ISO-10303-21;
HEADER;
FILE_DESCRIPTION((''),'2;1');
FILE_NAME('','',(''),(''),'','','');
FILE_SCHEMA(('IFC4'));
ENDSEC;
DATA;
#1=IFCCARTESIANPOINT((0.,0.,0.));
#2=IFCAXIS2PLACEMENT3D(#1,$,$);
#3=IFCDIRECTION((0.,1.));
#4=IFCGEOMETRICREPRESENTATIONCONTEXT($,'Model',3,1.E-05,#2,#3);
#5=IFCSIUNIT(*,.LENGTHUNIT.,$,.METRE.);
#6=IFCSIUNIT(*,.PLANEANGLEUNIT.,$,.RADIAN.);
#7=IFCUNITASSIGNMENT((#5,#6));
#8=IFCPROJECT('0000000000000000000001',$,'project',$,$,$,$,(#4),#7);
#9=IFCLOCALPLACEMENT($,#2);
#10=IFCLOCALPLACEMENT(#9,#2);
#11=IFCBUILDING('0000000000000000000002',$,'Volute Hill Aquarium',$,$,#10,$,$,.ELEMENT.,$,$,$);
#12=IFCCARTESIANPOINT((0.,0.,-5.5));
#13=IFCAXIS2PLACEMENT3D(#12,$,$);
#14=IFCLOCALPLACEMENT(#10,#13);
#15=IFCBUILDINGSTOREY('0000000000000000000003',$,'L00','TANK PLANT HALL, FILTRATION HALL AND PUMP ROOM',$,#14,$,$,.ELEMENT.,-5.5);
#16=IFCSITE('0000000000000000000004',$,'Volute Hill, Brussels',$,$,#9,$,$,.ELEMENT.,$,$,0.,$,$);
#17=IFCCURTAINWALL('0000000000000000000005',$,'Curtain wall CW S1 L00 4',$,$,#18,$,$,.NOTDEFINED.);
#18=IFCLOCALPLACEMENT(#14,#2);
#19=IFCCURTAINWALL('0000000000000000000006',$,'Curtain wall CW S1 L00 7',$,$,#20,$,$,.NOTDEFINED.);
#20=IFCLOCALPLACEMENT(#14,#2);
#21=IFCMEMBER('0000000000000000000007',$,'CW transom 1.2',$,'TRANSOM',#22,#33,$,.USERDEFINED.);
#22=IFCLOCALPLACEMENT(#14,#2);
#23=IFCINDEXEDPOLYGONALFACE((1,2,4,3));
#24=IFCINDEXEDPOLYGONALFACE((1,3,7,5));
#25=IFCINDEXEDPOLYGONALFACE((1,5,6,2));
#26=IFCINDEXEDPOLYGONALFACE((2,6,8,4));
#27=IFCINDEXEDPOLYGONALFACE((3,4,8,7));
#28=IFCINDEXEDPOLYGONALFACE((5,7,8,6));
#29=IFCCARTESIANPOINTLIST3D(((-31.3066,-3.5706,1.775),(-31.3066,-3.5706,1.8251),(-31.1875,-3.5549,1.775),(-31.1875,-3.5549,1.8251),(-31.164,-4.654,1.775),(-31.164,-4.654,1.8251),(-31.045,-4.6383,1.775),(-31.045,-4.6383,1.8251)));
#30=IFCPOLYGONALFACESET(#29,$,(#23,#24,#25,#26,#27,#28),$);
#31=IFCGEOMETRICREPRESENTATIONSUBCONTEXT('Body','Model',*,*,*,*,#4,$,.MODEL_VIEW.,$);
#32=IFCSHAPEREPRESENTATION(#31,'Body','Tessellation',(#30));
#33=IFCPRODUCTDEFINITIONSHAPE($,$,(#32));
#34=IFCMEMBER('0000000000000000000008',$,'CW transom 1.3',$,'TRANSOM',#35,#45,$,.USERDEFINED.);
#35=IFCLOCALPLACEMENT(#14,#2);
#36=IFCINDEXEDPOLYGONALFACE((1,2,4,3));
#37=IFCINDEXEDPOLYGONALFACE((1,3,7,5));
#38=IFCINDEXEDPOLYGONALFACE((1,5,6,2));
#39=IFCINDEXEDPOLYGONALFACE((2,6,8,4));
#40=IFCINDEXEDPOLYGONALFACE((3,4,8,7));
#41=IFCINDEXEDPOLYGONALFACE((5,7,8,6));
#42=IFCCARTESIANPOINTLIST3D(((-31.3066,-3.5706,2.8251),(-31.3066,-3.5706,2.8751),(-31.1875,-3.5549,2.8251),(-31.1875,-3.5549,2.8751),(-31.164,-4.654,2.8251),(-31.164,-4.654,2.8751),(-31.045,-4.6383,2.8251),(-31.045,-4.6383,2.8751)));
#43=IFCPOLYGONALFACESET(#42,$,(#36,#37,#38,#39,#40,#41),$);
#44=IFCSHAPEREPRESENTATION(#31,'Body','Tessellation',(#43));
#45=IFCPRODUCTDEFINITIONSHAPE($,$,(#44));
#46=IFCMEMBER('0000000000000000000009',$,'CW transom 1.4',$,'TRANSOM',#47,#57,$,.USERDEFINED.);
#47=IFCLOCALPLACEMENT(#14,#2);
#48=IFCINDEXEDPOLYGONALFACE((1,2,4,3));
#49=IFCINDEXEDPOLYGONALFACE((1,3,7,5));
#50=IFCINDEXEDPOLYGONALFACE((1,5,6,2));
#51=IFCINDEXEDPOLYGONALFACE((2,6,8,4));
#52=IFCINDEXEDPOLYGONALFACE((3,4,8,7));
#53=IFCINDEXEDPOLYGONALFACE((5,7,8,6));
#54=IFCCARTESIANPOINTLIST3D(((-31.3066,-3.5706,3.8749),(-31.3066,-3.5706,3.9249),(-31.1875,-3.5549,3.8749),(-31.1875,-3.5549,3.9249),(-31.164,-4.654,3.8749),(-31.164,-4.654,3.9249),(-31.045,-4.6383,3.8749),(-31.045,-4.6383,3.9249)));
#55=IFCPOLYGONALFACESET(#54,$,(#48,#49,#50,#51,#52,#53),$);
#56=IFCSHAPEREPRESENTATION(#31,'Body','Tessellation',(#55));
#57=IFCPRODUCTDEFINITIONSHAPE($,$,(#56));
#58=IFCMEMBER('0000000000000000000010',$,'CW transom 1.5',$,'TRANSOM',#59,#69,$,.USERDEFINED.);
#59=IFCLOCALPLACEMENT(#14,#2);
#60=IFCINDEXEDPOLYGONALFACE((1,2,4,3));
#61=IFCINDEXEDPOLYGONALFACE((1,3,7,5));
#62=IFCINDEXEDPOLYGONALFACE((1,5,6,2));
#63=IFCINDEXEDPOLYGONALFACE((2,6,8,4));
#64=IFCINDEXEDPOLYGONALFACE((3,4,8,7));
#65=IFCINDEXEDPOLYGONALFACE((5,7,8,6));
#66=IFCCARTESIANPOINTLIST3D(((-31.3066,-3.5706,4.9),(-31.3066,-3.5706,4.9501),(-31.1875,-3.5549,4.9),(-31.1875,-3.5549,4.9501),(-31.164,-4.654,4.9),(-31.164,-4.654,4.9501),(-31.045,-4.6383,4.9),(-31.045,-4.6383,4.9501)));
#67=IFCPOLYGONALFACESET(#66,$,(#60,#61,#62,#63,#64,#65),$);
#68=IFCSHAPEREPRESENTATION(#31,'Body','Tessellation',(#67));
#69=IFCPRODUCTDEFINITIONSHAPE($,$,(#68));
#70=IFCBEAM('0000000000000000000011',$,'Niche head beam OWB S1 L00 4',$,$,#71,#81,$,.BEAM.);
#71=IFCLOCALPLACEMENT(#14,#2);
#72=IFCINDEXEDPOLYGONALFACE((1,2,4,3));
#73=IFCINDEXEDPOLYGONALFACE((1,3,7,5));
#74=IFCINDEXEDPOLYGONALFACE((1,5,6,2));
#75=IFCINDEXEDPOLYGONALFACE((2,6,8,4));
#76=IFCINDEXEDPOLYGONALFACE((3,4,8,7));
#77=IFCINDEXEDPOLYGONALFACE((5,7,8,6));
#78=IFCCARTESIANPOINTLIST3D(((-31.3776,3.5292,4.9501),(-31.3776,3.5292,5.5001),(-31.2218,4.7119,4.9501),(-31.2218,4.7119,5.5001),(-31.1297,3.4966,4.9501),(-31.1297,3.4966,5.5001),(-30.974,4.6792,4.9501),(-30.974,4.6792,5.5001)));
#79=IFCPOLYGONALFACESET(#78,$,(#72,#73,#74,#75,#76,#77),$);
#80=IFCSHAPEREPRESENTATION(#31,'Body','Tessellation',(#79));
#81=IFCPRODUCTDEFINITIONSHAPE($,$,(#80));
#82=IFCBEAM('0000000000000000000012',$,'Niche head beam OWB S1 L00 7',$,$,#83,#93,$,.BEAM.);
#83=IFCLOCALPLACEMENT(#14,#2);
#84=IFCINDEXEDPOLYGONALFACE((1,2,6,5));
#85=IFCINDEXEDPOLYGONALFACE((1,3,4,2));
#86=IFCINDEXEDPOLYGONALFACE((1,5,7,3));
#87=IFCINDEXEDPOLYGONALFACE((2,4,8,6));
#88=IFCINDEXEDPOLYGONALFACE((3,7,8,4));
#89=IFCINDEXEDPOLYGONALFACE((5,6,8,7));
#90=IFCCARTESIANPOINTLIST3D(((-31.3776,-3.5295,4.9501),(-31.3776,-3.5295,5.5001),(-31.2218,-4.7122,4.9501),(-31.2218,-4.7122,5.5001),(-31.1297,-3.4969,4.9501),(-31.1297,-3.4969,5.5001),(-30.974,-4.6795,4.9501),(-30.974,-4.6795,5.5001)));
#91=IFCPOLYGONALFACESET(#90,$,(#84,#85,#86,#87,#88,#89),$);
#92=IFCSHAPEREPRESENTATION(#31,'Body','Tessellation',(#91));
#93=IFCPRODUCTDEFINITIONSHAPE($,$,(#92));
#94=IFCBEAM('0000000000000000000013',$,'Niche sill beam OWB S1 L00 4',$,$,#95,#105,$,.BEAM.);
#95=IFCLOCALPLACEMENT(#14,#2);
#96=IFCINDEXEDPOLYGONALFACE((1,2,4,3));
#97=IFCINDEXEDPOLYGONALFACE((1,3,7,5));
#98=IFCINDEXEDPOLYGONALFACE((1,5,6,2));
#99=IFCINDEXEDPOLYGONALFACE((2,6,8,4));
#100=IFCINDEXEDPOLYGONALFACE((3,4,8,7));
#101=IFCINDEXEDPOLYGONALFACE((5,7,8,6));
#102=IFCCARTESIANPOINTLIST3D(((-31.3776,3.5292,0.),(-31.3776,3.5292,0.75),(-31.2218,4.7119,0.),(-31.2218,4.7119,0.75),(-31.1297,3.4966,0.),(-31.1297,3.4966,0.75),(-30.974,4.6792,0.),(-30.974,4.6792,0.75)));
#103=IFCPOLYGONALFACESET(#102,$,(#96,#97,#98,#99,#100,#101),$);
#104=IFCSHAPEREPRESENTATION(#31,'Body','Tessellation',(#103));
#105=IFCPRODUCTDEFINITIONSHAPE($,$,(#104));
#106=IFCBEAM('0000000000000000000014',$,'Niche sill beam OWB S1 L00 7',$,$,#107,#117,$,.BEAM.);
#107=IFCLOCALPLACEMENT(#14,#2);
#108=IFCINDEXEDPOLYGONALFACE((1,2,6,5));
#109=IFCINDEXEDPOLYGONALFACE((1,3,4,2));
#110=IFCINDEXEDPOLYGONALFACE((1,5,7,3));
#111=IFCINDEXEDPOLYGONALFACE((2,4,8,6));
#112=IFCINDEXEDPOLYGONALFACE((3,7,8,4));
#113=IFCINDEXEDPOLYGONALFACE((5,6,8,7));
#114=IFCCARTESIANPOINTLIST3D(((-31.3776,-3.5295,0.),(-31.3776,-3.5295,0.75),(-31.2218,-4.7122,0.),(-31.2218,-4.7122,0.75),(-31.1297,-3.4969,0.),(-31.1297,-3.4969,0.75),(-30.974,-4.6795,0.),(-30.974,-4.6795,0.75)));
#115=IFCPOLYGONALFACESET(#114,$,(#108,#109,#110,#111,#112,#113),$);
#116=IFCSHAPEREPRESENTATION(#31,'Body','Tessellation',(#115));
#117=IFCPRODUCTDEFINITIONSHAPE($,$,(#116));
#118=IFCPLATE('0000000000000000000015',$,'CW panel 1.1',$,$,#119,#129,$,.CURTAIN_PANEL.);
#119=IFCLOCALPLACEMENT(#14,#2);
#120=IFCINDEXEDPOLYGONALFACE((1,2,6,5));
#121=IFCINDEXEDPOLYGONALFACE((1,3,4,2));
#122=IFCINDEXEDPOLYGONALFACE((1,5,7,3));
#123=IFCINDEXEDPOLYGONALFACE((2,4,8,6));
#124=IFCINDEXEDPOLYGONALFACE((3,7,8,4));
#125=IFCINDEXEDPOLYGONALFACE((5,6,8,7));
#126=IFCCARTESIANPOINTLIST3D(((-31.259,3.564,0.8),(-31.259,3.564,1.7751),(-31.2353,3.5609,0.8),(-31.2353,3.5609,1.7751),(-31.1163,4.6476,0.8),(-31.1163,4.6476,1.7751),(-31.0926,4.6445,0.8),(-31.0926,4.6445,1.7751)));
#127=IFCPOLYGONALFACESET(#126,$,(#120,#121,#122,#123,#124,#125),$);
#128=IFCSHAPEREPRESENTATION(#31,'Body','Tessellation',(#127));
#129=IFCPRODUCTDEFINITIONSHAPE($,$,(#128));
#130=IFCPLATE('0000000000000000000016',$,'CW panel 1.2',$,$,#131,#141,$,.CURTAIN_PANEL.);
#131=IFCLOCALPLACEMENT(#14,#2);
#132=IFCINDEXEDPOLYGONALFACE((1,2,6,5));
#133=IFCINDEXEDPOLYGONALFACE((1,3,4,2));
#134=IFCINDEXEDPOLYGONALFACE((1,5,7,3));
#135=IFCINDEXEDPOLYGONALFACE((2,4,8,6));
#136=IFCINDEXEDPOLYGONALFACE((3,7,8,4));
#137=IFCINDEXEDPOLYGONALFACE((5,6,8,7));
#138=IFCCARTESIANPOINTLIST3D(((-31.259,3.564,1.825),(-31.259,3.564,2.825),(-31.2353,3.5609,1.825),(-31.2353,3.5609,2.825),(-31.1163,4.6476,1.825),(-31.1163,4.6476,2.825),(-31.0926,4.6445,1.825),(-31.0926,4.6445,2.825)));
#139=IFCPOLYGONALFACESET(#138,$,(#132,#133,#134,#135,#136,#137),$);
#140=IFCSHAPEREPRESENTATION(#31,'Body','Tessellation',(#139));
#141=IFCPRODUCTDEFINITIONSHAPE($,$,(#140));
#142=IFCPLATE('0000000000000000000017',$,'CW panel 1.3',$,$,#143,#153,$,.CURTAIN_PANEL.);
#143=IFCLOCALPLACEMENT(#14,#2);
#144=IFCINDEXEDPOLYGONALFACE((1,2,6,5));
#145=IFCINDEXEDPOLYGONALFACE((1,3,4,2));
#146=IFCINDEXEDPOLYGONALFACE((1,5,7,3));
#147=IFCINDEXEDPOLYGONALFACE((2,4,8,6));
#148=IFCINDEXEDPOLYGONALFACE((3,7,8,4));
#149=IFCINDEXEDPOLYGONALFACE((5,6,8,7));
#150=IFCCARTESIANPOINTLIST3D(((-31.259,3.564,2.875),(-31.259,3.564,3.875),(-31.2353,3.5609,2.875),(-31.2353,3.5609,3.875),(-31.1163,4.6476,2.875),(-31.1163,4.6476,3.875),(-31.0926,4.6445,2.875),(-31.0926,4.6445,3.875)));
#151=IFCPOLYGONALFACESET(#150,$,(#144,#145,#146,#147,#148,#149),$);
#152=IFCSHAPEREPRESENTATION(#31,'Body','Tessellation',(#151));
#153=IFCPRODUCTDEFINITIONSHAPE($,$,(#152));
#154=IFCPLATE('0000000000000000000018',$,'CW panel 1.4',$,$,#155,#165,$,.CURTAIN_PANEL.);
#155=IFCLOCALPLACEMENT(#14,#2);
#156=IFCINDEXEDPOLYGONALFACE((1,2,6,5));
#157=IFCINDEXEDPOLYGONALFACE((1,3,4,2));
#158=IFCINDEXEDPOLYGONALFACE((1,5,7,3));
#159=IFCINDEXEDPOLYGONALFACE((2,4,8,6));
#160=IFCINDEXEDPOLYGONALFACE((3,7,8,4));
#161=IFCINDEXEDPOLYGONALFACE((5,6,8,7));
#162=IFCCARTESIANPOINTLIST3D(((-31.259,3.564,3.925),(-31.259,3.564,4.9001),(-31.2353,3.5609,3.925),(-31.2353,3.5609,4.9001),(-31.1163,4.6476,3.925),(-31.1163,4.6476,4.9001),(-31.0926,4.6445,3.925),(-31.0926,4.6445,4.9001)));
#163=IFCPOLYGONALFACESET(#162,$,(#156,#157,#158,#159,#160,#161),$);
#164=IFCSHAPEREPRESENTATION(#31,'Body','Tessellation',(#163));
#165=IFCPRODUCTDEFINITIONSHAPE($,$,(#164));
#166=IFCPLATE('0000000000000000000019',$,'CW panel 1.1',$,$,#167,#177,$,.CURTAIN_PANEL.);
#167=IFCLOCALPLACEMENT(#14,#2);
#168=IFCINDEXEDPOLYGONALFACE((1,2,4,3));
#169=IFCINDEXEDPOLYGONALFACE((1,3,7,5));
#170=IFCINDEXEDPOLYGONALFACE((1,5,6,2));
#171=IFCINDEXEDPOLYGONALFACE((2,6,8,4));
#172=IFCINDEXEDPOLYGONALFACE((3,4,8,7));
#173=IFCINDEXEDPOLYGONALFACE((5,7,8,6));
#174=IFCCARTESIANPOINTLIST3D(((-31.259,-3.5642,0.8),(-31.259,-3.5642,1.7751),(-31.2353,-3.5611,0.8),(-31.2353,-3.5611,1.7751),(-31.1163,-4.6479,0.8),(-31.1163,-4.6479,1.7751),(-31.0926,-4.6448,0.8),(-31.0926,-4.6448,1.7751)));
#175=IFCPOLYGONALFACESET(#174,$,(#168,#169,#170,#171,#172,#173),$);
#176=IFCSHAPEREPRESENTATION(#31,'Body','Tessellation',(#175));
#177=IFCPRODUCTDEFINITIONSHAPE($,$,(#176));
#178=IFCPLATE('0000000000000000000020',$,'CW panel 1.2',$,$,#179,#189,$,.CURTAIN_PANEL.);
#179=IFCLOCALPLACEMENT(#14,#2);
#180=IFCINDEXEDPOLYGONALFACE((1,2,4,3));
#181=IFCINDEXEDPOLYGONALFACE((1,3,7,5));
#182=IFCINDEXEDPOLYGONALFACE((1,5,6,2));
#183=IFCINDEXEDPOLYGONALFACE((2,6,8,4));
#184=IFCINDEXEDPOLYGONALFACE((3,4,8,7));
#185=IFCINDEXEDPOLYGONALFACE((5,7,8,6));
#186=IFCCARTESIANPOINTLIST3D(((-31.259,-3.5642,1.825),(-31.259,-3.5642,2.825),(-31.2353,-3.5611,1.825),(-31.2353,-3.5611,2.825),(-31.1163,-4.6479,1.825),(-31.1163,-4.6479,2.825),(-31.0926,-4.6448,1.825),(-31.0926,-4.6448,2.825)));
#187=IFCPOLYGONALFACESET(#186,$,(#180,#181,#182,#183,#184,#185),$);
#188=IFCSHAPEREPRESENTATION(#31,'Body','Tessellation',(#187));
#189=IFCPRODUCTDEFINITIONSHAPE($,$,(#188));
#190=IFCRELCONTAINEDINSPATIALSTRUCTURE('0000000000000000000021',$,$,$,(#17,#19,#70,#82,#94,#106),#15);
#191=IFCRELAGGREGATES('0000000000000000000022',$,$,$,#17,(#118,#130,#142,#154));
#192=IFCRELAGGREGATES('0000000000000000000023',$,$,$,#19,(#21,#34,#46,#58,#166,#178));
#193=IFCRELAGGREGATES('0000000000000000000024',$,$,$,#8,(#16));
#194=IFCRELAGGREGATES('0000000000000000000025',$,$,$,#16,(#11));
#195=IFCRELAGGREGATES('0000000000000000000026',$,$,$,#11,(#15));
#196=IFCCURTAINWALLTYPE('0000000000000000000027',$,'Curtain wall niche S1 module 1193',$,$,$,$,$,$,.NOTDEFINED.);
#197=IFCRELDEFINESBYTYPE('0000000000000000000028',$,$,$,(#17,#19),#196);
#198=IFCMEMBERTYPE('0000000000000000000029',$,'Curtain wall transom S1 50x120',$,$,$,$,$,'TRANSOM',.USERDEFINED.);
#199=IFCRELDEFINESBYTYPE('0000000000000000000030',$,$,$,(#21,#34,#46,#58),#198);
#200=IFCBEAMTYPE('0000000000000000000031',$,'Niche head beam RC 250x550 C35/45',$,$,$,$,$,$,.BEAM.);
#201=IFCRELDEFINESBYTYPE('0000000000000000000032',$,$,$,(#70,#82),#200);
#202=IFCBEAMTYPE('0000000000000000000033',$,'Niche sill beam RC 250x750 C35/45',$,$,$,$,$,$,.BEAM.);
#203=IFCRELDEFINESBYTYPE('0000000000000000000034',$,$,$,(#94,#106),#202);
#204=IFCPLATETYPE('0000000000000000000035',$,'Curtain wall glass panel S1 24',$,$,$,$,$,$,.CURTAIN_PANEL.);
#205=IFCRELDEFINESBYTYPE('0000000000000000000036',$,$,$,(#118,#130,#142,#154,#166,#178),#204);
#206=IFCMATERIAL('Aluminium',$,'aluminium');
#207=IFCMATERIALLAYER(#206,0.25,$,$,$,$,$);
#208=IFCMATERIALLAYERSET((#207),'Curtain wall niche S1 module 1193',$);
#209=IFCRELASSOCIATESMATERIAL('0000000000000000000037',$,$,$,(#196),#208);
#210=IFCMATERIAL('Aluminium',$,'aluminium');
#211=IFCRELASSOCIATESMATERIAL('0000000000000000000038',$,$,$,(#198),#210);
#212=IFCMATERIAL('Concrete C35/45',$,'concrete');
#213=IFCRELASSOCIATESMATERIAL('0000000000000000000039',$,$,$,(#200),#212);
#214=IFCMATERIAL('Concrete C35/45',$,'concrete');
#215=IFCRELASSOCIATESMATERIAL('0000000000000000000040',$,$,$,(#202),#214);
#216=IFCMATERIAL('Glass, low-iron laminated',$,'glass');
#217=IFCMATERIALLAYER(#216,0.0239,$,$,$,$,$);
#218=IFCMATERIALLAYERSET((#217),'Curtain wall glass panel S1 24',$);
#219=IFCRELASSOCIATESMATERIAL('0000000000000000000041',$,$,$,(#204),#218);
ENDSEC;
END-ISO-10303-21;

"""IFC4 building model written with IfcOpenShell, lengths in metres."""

from ifc_helpers import new_model, si_unit, direction, frame, origin, origin_2d, place, context, subcontext, project, spatial, rectangle, extrude, material, layer, layer_set, material_profile, profile_set, type_object, element, aggregate, save


model = new_model("IFC4")

# Units and contexts
model_context = context("Model", 3, precision=1e-05, world=origin(), true_north=direction((0.0, 1.0)))
body_context = subcontext(model_context, "Body", "Model", "MODEL_VIEW")
ifc_project = project(units=[si_unit("LENGTHUNIT", "METRE"), si_unit("PLANEANGLEUNIT", "RADIAN")], contexts=[model_context])

# Site, building, storey
site_placement = place(None, origin())
site = spatial("IfcSite", under=ifc_project, at=site_placement, Name="Volute Hill, Brussels", CompositionType="ELEMENT", RefElevation=0.0)
building_placement = place(site_placement, origin())
building = spatial("IfcBuilding", under=site, at=building_placement, Name="Volute Hill Aquarium", CompositionType="ELEMENT")
storey_placement = place(building_placement, frame((0.0, 0.0, -5.5)))
storey = spatial("IfcBuildingStorey", under=building, at=storey_placement, Name="L00", Description="TANK PLANT HALL, FILTRATION HALL AND PUMP ROOM", CompositionType="ELEMENT", Elevation=-5.5)

# Curtain walls
ifc_material_1 = material(Name="Aluminium", Category="aluminium")
ifc_layer_1 = layer(ifc_material_1, 0.25)
ifc_layer_set_1 = layer_set([ifc_layer_1], Name="Curtain wall niche S1 module 1193")
curtain_wall_type = type_object("IfcCurtainWallType", Name="Curtain wall niche S1 module 1193", PredefinedType="NOTDEFINED", material=ifc_layer_set_1)
curtain_wall_1_placement = place(storey_placement, origin())
curtain_wall_1 = element("IfcCurtainWall", 1, at=curtain_wall_1_placement, inside=storey, type_object=curtain_wall_type, Name="Curtain wall CW S1 L00 4", PredefinedType="NOTDEFINED")
curtain_wall_2_placement = place(storey_placement, origin())
curtain_wall_2 = element("IfcCurtainWall", 2, at=curtain_wall_2_placement, inside=storey, type_object=curtain_wall_type, Name="Curtain wall CW S1 L00 7", PredefinedType="NOTDEFINED")

# Members
ifc_material_2 = material(Name="Aluminium", Category="aluminium")
ifc_material_profile_1 = material_profile(ifc_material_2, rectangle(XDim=0.1201, YDim=0.05, at=origin_2d()), Name="Curtain wall transom S1 50x120")
ifc_profile_set_1 = profile_set([ifc_material_profile_1], Name="Aluminium")
member_type_1 = type_object("IfcMemberType", Name="Curtain wall transom S1 50x120", ElementType="TRANSOM", PredefinedType="USERDEFINED", material=ifc_profile_set_1)
member_1_placement = place(storey_placement, frame((-31.2471, -3.5627, 1.8), z_axis=(0.130466, -0.991453, 0.0), x_axis=(0.991453, 0.130466, 0.0)))
member_1 = element("IfcMember", 3, at=member_1_placement, type_object=member_type_1, Name="CW transom 1.2", ObjectType="TRANSOM", PredefinedType="USERDEFINED", context=body_context, shape_type="SweptSolid", body=[
    extrude(rectangle(XDim=0.1201, YDim=0.05, at=origin_2d()), origin(), (0.0, 0.0, 1.0), 1.0928),
])
member_2_placement = place(storey_placement, frame((-31.2471, -3.5627, 2.8501), z_axis=(0.130466, -0.991453, 0.0), x_axis=(0.991453, 0.130466, 0.0)))
member_2 = element("IfcMember", 4, at=member_2_placement, type_object=member_type_1, Name="CW transom 1.3", ObjectType="TRANSOM", PredefinedType="USERDEFINED", context=body_context, shape_type="SweptSolid", body=[
    extrude(rectangle(XDim=0.1201, YDim=0.05, at=origin_2d()), origin(), (0.0, 0.0, 1.0), 1.0928),
])
member_3_placement = place(storey_placement, frame((-31.2471, -3.5627, 3.8999), z_axis=(0.130466, -0.991453, 0.0), x_axis=(0.991453, 0.130466, 0.0)))
member_3 = element("IfcMember", 5, at=member_3_placement, type_object=member_type_1, Name="CW transom 1.4", ObjectType="TRANSOM", PredefinedType="USERDEFINED", context=body_context, shape_type="SweptSolid", body=[
    extrude(rectangle(XDim=0.1201, YDim=0.05, at=origin_2d()), origin(), (0.0, 0.0, 1.0), 1.0928),
])
member_4_placement = place(storey_placement, frame((-31.2471, -3.5627, 4.925), z_axis=(0.130466, -0.991453, 0.0), x_axis=(0.991453, 0.130466, 0.0)))
member_4 = element("IfcMember", 6, at=member_4_placement, type_object=member_type_1, Name="CW transom 1.5", ObjectType="TRANSOM", PredefinedType="USERDEFINED", context=body_context, shape_type="SweptSolid", body=[
    extrude(rectangle(XDim=0.1201, YDim=0.05, at=origin_2d()), origin(), (0.0, 0.0, 1.0), 1.0928),
])

# Beams
ifc_material_3 = material(Name="Concrete C35/45", Category="concrete")
ifc_material_profile_2 = material_profile(ifc_material_3, rectangle(XDim=0.25, YDim=0.55, at=origin_2d()), Name="RC beam 250x550")
ifc_profile_set_2 = profile_set([ifc_material_profile_2], Name="Concrete C35/45")
beam_type_1 = type_object("IfcBeamType", Name="Niche head beam RC 250x550 C35/45", PredefinedType="BEAM", material=ifc_profile_set_2)
for number, where, z_axis, x_axis, name in (
    (7, (-31.0979, 4.6956, 5.2251), (-0.130582, -0.991438, 0.0), (0.991438, -0.130582, 0.0), "Niche head beam OWB S1 L00 4"),
    (8, (-31.2537, -3.5132, 5.2251), (0.130582, -0.991438, 0.0), (0.991438, 0.130582, 0.0), "Niche head beam OWB S1 L00 7"),
):
    element("IfcBeam", number, at=place(storey_placement, frame(where, z_axis=z_axis, x_axis=x_axis)), inside=storey, type_object=beam_type_1, Name=name, PredefinedType="BEAM", context=body_context, shape_type="SweptSolid", body=[
        extrude(rectangle(XDim=0.25, YDim=0.55, at=origin_2d()), origin(), (0.0, 0.0, 1.0), 1.1929),
    ])
ifc_material_4 = material(Name="Concrete C35/45", Category="concrete")
ifc_material_profile_3 = material_profile(ifc_material_4, rectangle(XDim=0.25, YDim=0.75, at=origin_2d()), Name="RC beam 250x750")
ifc_profile_set_3 = profile_set([ifc_material_profile_3], Name="Concrete C35/45")
beam_type_2 = type_object("IfcBeamType", Name="Niche sill beam RC 250x750 C35/45", PredefinedType="BEAM", material=ifc_profile_set_3)
for number, where, z_axis, x_axis, name in (
    (9, (-31.0979, 4.6956, 0.375), (-0.130582, -0.991438, 0.0), (0.991438, -0.130582, 0.0), "Niche sill beam OWB S1 L00 4"),
    (10, (-31.2537, -3.5132, 0.375), (0.130582, -0.991438, 0.0), (0.991438, 0.130582, 0.0), "Niche sill beam OWB S1 L00 7"),
):
    element("IfcBeam", number, at=place(storey_placement, frame(where, z_axis=z_axis, x_axis=x_axis)), inside=storey, type_object=beam_type_2, Name=name, PredefinedType="BEAM", context=body_context, shape_type="SweptSolid", body=[
        extrude(rectangle(XDim=0.25, YDim=0.75, at=origin_2d()), origin(), (0.0, 0.0, 1.0), 1.1929),
    ])

# Plates
ifc_material_5 = material(Name="Glass, low-iron laminated", Category="glass")
ifc_layer_2 = layer(ifc_material_5, 0.0239)
ifc_layer_set_2 = layer_set([ifc_layer_2], Name="Curtain wall glass panel S1 24")
plate_type = type_object("IfcPlateType", Name="Curtain wall glass panel S1 24", PredefinedType="CURTAIN_PANEL", material=ifc_layer_set_2)
plate_1_placement = place(storey_placement, frame((-31.1758, 4.1042, 0.8), z_axis=(0.0, 0.0, 1.0), x_axis=(-0.130532, -0.991444, 0.0)))
plate_1 = element("IfcPlate", 11, at=plate_1_placement, type_object=plate_type, Name="CW panel 1.1", PredefinedType="CURTAIN_PANEL", context=body_context, shape_type="SweptSolid", body=[
    extrude(rectangle(XDim=1.093, YDim=0.0239, at=origin_2d()), origin(), (0.0, 0.0, 1.0), 0.9751),
])
plate_2_placement = place(storey_placement, frame((-31.1758, 4.1042, 1.825), z_axis=(0.0, 0.0, 1.0), x_axis=(-0.130532, -0.991444, 0.0)))
plate_2 = element("IfcPlate", 12, at=plate_2_placement, type_object=plate_type, Name="CW panel 1.2", PredefinedType="CURTAIN_PANEL", context=body_context, shape_type="SweptSolid", body=[
    extrude(rectangle(XDim=1.093, YDim=0.0239, at=origin_2d()), origin(), (0.0, 0.0, 1.0), 1.0),
])
plate_3_placement = place(storey_placement, frame((-31.1758, 4.1042, 2.875), z_axis=(0.0, 0.0, 1.0), x_axis=(-0.130532, -0.991444, 0.0)))
plate_3 = element("IfcPlate", 13, at=plate_3_placement, type_object=plate_type, Name="CW panel 1.3", PredefinedType="CURTAIN_PANEL", context=body_context, shape_type="SweptSolid", body=[
    extrude(rectangle(XDim=1.093, YDim=0.0239, at=origin_2d()), origin(), (0.0, 0.0, 1.0), 1.0),
])
plate_4_placement = place(storey_placement, frame((-31.1758, 4.1042, 3.925), z_axis=(0.0, 0.0, 1.0), x_axis=(-0.130532, -0.991444, 0.0)))
plate_4 = element("IfcPlate", 14, at=plate_4_placement, type_object=plate_type, Name="CW panel 1.4", PredefinedType="CURTAIN_PANEL", context=body_context, shape_type="SweptSolid", body=[
    extrude(rectangle(XDim=1.093, YDim=0.0239, at=origin_2d()), origin(), (0.0, 0.0, 1.0), 0.9751),
])
aggregate(curtain_wall_1, [plate_1, plate_2, plate_3, plate_4])
plate_5_placement = place(storey_placement, frame((-31.1758, -4.1045, 0.8), z_axis=(0.0, 0.0, 1.0), x_axis=(0.130523, -0.991445, 0.0)))
plate_5 = element("IfcPlate", 15, at=plate_5_placement, type_object=plate_type, Name="CW panel 1.1", PredefinedType="CURTAIN_PANEL", context=body_context, shape_type="SweptSolid", body=[
    extrude(rectangle(XDim=1.093, YDim=0.0239, at=origin_2d()), origin(), (0.0, 0.0, 1.0), 0.9751),
])
plate_6_placement = place(storey_placement, frame((-31.1758, -4.1045, 1.825), z_axis=(0.0, 0.0, 1.0), x_axis=(0.130523, -0.991445, 0.0)))
plate_6 = element("IfcPlate", 16, at=plate_6_placement, type_object=plate_type, Name="CW panel 1.2", PredefinedType="CURTAIN_PANEL", context=body_context, shape_type="SweptSolid", body=[
    extrude(rectangle(XDim=1.093, YDim=0.0239, at=origin_2d()), origin(), (0.0, 0.0, 1.0), 1.0),
])
aggregate(curtain_wall_2, [member_1, member_2, member_3, member_4, plate_5, plate_6])

save(model, "model.ifc")
